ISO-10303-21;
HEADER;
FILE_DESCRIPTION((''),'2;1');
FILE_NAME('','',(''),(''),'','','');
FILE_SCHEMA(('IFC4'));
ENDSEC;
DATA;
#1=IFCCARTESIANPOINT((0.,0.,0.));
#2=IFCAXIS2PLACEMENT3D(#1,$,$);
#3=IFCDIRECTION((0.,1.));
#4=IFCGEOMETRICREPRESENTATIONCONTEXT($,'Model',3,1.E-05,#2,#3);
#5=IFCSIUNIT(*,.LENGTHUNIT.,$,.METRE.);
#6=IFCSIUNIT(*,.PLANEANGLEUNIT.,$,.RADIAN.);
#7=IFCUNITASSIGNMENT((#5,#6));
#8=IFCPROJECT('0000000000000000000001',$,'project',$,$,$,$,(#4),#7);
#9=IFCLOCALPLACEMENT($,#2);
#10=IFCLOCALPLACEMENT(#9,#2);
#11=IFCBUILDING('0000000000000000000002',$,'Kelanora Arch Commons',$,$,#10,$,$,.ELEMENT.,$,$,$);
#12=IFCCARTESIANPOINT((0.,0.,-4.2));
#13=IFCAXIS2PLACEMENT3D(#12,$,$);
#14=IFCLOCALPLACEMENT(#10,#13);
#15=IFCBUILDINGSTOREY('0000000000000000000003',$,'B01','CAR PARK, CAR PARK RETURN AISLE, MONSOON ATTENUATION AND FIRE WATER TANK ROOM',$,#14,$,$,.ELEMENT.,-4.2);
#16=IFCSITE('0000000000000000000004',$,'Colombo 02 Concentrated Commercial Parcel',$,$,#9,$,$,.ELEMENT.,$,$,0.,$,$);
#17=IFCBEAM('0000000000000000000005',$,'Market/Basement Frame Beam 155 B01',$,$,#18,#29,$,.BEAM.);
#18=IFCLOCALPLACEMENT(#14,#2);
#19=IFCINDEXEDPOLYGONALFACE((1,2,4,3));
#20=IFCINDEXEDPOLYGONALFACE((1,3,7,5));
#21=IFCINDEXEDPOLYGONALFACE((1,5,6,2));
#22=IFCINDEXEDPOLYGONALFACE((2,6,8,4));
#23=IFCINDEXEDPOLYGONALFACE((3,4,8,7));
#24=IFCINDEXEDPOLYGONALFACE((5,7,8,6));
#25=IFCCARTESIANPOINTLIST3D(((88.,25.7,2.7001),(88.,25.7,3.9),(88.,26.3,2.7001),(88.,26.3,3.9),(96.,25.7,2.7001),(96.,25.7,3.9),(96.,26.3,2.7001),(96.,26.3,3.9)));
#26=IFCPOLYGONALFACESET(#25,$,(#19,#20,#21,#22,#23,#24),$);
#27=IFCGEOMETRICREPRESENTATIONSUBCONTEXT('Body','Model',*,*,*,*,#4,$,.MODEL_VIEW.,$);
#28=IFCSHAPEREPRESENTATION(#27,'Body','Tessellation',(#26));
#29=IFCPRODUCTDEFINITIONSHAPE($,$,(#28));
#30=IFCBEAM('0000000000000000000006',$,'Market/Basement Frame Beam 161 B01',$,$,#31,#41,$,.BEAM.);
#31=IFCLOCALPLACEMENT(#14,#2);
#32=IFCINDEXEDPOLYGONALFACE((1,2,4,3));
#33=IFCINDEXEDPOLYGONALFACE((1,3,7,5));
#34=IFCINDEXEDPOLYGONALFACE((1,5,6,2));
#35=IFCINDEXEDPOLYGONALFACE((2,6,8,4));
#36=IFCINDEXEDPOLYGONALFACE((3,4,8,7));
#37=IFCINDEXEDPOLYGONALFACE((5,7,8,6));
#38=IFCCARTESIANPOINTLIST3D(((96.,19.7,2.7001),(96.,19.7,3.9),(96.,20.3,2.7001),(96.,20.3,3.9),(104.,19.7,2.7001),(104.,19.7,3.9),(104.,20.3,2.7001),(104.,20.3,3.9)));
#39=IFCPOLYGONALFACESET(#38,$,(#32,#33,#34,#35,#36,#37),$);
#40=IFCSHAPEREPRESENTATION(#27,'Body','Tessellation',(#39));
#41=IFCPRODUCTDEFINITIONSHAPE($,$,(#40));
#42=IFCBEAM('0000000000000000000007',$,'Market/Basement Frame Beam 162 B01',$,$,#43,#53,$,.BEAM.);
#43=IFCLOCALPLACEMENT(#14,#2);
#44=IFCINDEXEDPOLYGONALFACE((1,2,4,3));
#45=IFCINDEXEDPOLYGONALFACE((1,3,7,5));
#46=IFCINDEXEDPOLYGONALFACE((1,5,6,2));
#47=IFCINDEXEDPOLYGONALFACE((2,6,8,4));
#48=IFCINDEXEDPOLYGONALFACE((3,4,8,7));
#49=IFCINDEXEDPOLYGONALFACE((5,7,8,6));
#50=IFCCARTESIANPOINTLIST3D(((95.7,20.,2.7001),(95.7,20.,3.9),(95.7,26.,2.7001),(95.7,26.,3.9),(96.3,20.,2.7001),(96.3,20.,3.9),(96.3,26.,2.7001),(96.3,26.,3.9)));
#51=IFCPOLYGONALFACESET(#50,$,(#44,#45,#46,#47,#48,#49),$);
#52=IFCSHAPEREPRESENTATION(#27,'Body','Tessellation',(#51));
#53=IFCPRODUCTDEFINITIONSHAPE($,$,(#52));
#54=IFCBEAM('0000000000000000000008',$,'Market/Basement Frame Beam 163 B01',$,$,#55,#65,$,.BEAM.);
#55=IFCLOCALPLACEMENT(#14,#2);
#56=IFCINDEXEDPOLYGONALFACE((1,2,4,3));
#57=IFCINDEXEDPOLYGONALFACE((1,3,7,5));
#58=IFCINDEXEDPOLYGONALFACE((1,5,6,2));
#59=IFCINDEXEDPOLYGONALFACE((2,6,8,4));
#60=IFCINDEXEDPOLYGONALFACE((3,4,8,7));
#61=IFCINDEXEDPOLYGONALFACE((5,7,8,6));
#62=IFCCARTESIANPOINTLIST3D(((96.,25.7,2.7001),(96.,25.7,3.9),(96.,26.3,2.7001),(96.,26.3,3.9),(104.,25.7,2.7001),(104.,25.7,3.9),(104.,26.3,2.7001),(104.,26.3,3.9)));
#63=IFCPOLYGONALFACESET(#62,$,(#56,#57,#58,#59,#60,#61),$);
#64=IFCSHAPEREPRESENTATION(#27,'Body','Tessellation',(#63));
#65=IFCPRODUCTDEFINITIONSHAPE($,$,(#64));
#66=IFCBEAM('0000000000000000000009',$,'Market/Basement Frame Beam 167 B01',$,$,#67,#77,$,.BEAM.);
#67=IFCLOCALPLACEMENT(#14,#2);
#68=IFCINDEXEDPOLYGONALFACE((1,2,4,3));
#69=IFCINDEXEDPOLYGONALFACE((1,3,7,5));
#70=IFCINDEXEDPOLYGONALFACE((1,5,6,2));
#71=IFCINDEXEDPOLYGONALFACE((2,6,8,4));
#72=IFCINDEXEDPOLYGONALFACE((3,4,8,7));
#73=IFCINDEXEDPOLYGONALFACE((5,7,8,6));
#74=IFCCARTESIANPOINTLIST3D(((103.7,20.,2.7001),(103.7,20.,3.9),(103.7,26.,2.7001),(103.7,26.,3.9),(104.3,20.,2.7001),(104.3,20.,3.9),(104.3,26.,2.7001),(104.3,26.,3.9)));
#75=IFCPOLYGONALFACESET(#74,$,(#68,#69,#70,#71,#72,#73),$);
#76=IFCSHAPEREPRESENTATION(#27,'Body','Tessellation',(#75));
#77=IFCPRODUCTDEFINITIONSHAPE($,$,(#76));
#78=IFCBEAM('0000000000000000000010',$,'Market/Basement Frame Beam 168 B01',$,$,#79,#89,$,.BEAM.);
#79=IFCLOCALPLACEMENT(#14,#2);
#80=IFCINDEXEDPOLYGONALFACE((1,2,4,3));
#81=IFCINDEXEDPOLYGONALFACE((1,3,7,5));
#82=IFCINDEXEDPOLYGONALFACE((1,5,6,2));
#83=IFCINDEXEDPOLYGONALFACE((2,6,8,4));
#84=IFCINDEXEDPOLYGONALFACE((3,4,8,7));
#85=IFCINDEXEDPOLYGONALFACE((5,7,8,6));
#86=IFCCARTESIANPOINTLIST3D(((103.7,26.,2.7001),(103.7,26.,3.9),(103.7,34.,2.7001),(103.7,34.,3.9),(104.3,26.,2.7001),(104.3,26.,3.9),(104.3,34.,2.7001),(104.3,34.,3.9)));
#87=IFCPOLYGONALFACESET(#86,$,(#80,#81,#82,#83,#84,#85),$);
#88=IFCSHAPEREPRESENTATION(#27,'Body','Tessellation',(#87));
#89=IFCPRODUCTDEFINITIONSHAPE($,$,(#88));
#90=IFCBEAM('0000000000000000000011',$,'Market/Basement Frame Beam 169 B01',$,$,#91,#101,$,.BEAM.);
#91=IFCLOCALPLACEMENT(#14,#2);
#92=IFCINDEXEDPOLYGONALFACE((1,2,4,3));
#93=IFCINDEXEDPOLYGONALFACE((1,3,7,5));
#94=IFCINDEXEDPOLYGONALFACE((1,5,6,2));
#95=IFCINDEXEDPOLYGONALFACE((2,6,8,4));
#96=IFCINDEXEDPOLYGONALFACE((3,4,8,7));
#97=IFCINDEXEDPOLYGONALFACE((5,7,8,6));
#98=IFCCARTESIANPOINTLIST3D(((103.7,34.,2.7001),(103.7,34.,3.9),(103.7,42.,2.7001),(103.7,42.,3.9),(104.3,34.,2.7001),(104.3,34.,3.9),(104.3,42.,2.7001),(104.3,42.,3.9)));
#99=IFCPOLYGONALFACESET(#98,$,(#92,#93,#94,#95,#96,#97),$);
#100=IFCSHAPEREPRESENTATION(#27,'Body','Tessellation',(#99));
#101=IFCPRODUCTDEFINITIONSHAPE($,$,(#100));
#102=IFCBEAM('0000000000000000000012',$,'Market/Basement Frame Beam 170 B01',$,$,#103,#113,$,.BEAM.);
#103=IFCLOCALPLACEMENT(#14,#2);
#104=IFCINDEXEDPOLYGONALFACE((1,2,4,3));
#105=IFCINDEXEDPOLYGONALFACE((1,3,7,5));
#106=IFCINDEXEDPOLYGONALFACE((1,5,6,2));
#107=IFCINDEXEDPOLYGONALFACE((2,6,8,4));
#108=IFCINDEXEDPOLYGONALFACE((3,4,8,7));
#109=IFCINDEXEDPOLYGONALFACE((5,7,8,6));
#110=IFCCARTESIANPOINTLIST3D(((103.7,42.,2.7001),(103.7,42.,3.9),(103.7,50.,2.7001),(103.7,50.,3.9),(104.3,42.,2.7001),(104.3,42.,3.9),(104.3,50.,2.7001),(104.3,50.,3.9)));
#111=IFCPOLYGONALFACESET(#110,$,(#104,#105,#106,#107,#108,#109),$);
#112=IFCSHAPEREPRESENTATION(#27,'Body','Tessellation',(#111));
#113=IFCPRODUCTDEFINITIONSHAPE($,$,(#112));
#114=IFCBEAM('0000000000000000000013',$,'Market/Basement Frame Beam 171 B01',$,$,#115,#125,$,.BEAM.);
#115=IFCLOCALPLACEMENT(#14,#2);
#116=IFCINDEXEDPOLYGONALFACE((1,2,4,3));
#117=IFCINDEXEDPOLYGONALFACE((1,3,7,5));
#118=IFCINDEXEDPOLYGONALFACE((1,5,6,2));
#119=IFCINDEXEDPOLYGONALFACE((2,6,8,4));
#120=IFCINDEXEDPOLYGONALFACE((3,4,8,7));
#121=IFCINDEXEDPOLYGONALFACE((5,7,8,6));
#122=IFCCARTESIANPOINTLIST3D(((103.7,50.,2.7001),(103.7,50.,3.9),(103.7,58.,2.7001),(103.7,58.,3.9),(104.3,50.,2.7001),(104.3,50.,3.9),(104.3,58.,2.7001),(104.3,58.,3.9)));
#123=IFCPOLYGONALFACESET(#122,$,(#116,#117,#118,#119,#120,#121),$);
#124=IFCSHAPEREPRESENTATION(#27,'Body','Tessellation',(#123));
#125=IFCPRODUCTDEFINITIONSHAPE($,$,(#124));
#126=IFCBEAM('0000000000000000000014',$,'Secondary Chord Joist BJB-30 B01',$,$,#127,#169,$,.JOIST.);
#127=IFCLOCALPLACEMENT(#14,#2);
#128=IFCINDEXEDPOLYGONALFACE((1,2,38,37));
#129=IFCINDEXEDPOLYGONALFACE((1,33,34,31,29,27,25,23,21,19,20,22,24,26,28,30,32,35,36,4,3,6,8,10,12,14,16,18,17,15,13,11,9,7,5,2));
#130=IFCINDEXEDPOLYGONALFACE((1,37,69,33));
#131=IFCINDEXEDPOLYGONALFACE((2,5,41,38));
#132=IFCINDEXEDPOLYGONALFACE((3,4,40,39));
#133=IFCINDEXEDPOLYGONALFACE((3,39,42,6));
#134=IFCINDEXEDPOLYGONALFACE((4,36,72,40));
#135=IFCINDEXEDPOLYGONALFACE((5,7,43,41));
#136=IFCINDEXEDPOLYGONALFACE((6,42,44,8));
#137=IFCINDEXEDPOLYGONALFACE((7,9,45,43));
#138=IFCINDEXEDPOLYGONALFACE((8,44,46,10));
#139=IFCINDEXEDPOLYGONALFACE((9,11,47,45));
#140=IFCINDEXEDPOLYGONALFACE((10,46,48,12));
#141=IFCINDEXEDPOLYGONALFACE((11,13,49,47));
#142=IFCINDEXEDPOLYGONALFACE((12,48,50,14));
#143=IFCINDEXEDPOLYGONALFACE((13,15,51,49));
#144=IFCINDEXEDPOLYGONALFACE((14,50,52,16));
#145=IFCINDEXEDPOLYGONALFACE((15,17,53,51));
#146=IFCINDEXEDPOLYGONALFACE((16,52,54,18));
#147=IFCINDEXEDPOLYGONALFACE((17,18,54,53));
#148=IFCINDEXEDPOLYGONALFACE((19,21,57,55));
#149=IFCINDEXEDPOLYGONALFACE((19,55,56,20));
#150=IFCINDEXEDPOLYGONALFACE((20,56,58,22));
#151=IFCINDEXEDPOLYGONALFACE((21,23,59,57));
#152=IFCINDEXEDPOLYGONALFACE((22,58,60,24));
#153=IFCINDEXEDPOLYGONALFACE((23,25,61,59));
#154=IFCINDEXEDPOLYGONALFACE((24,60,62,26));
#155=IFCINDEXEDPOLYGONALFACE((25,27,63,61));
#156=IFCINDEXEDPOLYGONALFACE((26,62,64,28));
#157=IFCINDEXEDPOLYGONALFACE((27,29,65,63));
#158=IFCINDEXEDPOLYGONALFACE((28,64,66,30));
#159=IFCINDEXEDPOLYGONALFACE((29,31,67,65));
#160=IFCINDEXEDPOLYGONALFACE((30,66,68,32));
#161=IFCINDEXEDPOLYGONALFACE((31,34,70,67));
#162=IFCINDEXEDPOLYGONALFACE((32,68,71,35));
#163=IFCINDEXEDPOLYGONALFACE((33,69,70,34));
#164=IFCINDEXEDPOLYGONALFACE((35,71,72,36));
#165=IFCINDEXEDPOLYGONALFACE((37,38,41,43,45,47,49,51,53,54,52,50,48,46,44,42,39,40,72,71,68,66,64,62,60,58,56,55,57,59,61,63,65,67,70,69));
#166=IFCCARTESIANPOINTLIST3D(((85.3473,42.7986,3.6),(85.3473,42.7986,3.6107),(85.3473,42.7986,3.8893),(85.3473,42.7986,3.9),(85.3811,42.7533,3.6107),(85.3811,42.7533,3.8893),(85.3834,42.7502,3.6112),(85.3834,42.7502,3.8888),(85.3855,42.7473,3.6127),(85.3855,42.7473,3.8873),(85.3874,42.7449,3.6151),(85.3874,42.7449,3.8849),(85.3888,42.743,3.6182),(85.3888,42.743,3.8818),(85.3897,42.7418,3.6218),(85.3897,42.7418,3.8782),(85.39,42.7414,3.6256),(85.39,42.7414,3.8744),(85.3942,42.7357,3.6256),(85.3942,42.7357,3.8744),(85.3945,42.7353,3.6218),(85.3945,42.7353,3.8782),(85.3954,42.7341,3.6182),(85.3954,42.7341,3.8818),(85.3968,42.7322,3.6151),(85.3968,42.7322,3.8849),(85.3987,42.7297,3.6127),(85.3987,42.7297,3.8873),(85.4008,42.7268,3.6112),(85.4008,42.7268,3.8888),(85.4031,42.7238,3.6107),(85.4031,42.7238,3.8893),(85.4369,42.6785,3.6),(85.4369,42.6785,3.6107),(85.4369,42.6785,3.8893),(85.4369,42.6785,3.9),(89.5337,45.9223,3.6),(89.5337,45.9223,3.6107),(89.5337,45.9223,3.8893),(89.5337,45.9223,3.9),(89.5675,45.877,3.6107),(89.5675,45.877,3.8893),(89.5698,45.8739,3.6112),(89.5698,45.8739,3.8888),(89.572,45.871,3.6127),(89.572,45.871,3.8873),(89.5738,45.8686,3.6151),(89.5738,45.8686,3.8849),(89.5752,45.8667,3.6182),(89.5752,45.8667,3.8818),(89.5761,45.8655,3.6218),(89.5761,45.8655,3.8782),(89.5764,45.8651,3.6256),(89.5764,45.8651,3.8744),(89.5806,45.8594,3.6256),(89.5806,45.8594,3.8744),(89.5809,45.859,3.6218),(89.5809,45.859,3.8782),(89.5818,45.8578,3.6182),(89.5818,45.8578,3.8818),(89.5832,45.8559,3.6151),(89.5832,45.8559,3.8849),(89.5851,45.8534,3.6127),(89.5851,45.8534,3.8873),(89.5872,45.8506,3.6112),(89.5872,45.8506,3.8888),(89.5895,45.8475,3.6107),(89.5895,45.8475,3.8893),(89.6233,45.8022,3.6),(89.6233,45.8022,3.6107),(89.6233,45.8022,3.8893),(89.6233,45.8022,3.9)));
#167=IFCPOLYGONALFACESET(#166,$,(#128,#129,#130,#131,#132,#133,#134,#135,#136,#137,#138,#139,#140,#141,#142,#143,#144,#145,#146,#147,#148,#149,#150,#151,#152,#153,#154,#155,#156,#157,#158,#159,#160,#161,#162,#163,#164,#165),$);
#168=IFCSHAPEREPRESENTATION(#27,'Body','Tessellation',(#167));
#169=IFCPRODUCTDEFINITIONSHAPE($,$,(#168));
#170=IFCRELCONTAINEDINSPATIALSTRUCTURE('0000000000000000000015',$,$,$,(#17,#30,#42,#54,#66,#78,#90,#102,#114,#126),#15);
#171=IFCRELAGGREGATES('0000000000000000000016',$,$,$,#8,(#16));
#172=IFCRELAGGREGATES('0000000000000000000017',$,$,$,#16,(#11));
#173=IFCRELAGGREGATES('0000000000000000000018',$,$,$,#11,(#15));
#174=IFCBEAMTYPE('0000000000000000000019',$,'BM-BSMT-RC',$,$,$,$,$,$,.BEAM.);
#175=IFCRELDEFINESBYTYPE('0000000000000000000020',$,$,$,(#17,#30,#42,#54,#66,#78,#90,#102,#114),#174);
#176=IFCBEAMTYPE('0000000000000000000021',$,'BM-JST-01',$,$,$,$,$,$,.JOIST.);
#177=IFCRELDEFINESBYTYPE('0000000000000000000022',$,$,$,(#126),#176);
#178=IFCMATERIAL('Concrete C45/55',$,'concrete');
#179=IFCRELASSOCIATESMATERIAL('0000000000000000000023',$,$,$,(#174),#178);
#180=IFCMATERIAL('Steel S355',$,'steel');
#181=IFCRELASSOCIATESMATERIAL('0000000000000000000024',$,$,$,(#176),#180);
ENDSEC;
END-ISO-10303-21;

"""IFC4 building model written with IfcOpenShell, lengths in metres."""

from ifc_helpers import new_model, si_unit, direction, frame, origin, origin_2d, place, context, subcontext, project, spatial, rectangle, i_section, extrude, material, material_profile, profile_set, type_object, element, save


model = new_model("IFC4")

# Units and contexts
model_context = context("Model", 3, precision=1e-05, world=origin(), true_north=direction((0.0, 1.0)))
body_context = subcontext(model_context, "Body", "Model", "MODEL_VIEW")
ifc_project = project(units=[si_unit("LENGTHUNIT", "METRE"), si_unit("PLANEANGLEUNIT", "RADIAN")], contexts=[model_context])

# Site, building, storey
site_placement = place(None, origin())
site = spatial("IfcSite", under=ifc_project, at=site_placement, Name="Colombo 02 Concentrated Commercial Parcel", CompositionType="ELEMENT", RefElevation=0.0)
building_placement = place(site_placement, origin())
building = spatial("IfcBuilding", under=site, at=building_placement, Name="Kelanora Arch Commons", CompositionType="ELEMENT")
storey_placement = place(building_placement, frame((0.0, 0.0, -4.2)))
storey = spatial("IfcBuildingStorey", under=building, at=storey_placement, Name="B01", Description="CAR PARK, CAR PARK RETURN AISLE, MONSOON ATTENUATION AND FIRE WATER TANK ROOM", CompositionType="ELEMENT", Elevation=-4.2)

# Shared definitions
ifc_material_1 = material(Name="Steel S355", Category="steel")

# Beams
ifc_material_2 = material(Name="Concrete C45/55", Category="concrete")
ifc_material_profile_1 = material_profile(ifc_material_2, rectangle(XDim=0.6001, YDim=1.2, at=origin_2d()), Name="RCB600x1200")
ifc_profile_set_1 = profile_set([ifc_material_profile_1], Name="Concrete C45/55")
beam_type_1 = type_object("IfcBeamType", Name="BM-BSMT-RC", PredefinedType="BEAM", material=ifc_profile_set_1)
for number, where, z_axis, x_axis, name in (
    (1, (88.0, 26.0, 3.3), (1.0, 0.0, 0.0), (0.0, 1.0, 0.0), "Market/Basement Frame Beam 155 B01"),
    (2, (96.0, 20.0, 3.3), (1.0, 0.0, 0.0), (0.0, 1.0, 0.0), "Market/Basement Frame Beam 161 B01"),
):
    element("IfcBeam", number, at=place(storey_placement, frame(where, z_axis=z_axis, x_axis=x_axis)), inside=storey, type_object=beam_type_1, Name=name, PredefinedType="BEAM", context=body_context, shape_type="SweptSolid", body=[
        extrude(rectangle(XDim=0.6001, YDim=1.2, at=origin_2d()), origin(), (0.0, 0.0, 1.0), 8.0),
    ])
beam_1_placement = place(storey_placement, frame((96.0, 20.0, 3.3), z_axis=(0.0, 1.0, 0.0), x_axis=(-1.0, 0.0, 0.0)))
element("IfcBeam", 3, at=beam_1_placement, inside=storey, type_object=beam_type_1, Name="Market/Basement Frame Beam 162 B01", PredefinedType="BEAM", context=body_context, shape_type="SweptSolid", body=[
    extrude(rectangle(XDim=0.6001, YDim=1.2, at=origin_2d()), origin(), (0.0, 0.0, 1.0), 6.0),
])
beam_2_placement = place(storey_placement, frame((96.0, 26.0, 3.3), z_axis=(1.0, 0.0, 0.0), x_axis=(0.0, 1.0, 0.0)))
element("IfcBeam", 4, at=beam_2_placement, inside=storey, type_object=beam_type_1, Name="Market/Basement Frame Beam 163 B01", PredefinedType="BEAM", context=body_context, shape_type="SweptSolid", body=[
    extrude(rectangle(XDim=0.6001, YDim=1.2, at=origin_2d()), origin(), (0.0, 0.0, 1.0), 8.0),
])
beam_3_placement = place(storey_placement, frame((104.0, 20.0, 3.3), z_axis=(0.0, 1.0, 0.0), x_axis=(-1.0, 0.0, 0.0)))
element("IfcBeam", 5, at=beam_3_placement, inside=storey, type_object=beam_type_1, Name="Market/Basement Frame Beam 167 B01", PredefinedType="BEAM", context=body_context, shape_type="SweptSolid", body=[
    extrude(rectangle(XDim=0.6001, YDim=1.2, at=origin_2d()), origin(), (0.0, 0.0, 1.0), 6.0),
])
for number, where, z_axis, x_axis, name in (
    (6, (104.0, 26.0, 3.3), (0.0, 1.0, 0.0), (-1.0, 0.0, 0.0), "Market/Basement Frame Beam 168 B01"),
    (7, (104.0, 34.0, 3.3), (0.0, 1.0, 0.0), (-1.0, 0.0, 0.0), "Market/Basement Frame Beam 169 B01"),
    (8, (104.0, 42.0, 3.3), (0.0, 1.0, 0.0), (-1.0, 0.0, 0.0), "Market/Basement Frame Beam 170 B01"),
    (9, (104.0, 50.0, 3.3), (0.0, 1.0, 0.0), (-1.0, 0.0, 0.0), "Market/Basement Frame Beam 171 B01"),
):
    element("IfcBeam", number, at=place(storey_placement, frame(where, z_axis=z_axis, x_axis=x_axis)), inside=storey, type_object=beam_type_1, Name=name, PredefinedType="BEAM", context=body_context, shape_type="SweptSolid", body=[
        extrude(rectangle(XDim=0.6001, YDim=1.2, at=origin_2d()), origin(), (0.0, 0.0, 1.0), 8.0),
    ])
ifc_material_profile_2 = material_profile(ifc_material_1, i_section(OverallWidth=0.1499, OverallDepth=0.3, WebThickness=0.0071, FlangeThickness=0.0107, FilletRadius=0.0149, at=origin_2d()), Name="IPE300")
ifc_profile_set_2 = profile_set([ifc_material_profile_2], Name="Steel S355")
beam_type_2 = type_object("IfcBeamType", Name="BM-JST-01", PredefinedType="JOIST", material=ifc_profile_set_2)
beam_4_placement = place(storey_placement, frame((85.3921, 42.7385, 3.75), z_axis=(0.801478, 0.598024, 0.0), x_axis=(-0.598024, 0.801478, 0.0)))
element("IfcBeam", 10, at=beam_4_placement, inside=storey, type_object=beam_type_2, Name="Secondary Chord Joist BJB-30 B01", PredefinedType="JOIST", context=body_context, shape_type="SweptSolid", body=[
    extrude(i_section(OverallWidth=0.1499, OverallDepth=0.3, WebThickness=0.0071, FlangeThickness=0.0107, FilletRadius=0.0149, at=origin_2d()), origin(), (0.0, 0.0, 1.0), 5.2234),
])

save(model, "model.ifc")
